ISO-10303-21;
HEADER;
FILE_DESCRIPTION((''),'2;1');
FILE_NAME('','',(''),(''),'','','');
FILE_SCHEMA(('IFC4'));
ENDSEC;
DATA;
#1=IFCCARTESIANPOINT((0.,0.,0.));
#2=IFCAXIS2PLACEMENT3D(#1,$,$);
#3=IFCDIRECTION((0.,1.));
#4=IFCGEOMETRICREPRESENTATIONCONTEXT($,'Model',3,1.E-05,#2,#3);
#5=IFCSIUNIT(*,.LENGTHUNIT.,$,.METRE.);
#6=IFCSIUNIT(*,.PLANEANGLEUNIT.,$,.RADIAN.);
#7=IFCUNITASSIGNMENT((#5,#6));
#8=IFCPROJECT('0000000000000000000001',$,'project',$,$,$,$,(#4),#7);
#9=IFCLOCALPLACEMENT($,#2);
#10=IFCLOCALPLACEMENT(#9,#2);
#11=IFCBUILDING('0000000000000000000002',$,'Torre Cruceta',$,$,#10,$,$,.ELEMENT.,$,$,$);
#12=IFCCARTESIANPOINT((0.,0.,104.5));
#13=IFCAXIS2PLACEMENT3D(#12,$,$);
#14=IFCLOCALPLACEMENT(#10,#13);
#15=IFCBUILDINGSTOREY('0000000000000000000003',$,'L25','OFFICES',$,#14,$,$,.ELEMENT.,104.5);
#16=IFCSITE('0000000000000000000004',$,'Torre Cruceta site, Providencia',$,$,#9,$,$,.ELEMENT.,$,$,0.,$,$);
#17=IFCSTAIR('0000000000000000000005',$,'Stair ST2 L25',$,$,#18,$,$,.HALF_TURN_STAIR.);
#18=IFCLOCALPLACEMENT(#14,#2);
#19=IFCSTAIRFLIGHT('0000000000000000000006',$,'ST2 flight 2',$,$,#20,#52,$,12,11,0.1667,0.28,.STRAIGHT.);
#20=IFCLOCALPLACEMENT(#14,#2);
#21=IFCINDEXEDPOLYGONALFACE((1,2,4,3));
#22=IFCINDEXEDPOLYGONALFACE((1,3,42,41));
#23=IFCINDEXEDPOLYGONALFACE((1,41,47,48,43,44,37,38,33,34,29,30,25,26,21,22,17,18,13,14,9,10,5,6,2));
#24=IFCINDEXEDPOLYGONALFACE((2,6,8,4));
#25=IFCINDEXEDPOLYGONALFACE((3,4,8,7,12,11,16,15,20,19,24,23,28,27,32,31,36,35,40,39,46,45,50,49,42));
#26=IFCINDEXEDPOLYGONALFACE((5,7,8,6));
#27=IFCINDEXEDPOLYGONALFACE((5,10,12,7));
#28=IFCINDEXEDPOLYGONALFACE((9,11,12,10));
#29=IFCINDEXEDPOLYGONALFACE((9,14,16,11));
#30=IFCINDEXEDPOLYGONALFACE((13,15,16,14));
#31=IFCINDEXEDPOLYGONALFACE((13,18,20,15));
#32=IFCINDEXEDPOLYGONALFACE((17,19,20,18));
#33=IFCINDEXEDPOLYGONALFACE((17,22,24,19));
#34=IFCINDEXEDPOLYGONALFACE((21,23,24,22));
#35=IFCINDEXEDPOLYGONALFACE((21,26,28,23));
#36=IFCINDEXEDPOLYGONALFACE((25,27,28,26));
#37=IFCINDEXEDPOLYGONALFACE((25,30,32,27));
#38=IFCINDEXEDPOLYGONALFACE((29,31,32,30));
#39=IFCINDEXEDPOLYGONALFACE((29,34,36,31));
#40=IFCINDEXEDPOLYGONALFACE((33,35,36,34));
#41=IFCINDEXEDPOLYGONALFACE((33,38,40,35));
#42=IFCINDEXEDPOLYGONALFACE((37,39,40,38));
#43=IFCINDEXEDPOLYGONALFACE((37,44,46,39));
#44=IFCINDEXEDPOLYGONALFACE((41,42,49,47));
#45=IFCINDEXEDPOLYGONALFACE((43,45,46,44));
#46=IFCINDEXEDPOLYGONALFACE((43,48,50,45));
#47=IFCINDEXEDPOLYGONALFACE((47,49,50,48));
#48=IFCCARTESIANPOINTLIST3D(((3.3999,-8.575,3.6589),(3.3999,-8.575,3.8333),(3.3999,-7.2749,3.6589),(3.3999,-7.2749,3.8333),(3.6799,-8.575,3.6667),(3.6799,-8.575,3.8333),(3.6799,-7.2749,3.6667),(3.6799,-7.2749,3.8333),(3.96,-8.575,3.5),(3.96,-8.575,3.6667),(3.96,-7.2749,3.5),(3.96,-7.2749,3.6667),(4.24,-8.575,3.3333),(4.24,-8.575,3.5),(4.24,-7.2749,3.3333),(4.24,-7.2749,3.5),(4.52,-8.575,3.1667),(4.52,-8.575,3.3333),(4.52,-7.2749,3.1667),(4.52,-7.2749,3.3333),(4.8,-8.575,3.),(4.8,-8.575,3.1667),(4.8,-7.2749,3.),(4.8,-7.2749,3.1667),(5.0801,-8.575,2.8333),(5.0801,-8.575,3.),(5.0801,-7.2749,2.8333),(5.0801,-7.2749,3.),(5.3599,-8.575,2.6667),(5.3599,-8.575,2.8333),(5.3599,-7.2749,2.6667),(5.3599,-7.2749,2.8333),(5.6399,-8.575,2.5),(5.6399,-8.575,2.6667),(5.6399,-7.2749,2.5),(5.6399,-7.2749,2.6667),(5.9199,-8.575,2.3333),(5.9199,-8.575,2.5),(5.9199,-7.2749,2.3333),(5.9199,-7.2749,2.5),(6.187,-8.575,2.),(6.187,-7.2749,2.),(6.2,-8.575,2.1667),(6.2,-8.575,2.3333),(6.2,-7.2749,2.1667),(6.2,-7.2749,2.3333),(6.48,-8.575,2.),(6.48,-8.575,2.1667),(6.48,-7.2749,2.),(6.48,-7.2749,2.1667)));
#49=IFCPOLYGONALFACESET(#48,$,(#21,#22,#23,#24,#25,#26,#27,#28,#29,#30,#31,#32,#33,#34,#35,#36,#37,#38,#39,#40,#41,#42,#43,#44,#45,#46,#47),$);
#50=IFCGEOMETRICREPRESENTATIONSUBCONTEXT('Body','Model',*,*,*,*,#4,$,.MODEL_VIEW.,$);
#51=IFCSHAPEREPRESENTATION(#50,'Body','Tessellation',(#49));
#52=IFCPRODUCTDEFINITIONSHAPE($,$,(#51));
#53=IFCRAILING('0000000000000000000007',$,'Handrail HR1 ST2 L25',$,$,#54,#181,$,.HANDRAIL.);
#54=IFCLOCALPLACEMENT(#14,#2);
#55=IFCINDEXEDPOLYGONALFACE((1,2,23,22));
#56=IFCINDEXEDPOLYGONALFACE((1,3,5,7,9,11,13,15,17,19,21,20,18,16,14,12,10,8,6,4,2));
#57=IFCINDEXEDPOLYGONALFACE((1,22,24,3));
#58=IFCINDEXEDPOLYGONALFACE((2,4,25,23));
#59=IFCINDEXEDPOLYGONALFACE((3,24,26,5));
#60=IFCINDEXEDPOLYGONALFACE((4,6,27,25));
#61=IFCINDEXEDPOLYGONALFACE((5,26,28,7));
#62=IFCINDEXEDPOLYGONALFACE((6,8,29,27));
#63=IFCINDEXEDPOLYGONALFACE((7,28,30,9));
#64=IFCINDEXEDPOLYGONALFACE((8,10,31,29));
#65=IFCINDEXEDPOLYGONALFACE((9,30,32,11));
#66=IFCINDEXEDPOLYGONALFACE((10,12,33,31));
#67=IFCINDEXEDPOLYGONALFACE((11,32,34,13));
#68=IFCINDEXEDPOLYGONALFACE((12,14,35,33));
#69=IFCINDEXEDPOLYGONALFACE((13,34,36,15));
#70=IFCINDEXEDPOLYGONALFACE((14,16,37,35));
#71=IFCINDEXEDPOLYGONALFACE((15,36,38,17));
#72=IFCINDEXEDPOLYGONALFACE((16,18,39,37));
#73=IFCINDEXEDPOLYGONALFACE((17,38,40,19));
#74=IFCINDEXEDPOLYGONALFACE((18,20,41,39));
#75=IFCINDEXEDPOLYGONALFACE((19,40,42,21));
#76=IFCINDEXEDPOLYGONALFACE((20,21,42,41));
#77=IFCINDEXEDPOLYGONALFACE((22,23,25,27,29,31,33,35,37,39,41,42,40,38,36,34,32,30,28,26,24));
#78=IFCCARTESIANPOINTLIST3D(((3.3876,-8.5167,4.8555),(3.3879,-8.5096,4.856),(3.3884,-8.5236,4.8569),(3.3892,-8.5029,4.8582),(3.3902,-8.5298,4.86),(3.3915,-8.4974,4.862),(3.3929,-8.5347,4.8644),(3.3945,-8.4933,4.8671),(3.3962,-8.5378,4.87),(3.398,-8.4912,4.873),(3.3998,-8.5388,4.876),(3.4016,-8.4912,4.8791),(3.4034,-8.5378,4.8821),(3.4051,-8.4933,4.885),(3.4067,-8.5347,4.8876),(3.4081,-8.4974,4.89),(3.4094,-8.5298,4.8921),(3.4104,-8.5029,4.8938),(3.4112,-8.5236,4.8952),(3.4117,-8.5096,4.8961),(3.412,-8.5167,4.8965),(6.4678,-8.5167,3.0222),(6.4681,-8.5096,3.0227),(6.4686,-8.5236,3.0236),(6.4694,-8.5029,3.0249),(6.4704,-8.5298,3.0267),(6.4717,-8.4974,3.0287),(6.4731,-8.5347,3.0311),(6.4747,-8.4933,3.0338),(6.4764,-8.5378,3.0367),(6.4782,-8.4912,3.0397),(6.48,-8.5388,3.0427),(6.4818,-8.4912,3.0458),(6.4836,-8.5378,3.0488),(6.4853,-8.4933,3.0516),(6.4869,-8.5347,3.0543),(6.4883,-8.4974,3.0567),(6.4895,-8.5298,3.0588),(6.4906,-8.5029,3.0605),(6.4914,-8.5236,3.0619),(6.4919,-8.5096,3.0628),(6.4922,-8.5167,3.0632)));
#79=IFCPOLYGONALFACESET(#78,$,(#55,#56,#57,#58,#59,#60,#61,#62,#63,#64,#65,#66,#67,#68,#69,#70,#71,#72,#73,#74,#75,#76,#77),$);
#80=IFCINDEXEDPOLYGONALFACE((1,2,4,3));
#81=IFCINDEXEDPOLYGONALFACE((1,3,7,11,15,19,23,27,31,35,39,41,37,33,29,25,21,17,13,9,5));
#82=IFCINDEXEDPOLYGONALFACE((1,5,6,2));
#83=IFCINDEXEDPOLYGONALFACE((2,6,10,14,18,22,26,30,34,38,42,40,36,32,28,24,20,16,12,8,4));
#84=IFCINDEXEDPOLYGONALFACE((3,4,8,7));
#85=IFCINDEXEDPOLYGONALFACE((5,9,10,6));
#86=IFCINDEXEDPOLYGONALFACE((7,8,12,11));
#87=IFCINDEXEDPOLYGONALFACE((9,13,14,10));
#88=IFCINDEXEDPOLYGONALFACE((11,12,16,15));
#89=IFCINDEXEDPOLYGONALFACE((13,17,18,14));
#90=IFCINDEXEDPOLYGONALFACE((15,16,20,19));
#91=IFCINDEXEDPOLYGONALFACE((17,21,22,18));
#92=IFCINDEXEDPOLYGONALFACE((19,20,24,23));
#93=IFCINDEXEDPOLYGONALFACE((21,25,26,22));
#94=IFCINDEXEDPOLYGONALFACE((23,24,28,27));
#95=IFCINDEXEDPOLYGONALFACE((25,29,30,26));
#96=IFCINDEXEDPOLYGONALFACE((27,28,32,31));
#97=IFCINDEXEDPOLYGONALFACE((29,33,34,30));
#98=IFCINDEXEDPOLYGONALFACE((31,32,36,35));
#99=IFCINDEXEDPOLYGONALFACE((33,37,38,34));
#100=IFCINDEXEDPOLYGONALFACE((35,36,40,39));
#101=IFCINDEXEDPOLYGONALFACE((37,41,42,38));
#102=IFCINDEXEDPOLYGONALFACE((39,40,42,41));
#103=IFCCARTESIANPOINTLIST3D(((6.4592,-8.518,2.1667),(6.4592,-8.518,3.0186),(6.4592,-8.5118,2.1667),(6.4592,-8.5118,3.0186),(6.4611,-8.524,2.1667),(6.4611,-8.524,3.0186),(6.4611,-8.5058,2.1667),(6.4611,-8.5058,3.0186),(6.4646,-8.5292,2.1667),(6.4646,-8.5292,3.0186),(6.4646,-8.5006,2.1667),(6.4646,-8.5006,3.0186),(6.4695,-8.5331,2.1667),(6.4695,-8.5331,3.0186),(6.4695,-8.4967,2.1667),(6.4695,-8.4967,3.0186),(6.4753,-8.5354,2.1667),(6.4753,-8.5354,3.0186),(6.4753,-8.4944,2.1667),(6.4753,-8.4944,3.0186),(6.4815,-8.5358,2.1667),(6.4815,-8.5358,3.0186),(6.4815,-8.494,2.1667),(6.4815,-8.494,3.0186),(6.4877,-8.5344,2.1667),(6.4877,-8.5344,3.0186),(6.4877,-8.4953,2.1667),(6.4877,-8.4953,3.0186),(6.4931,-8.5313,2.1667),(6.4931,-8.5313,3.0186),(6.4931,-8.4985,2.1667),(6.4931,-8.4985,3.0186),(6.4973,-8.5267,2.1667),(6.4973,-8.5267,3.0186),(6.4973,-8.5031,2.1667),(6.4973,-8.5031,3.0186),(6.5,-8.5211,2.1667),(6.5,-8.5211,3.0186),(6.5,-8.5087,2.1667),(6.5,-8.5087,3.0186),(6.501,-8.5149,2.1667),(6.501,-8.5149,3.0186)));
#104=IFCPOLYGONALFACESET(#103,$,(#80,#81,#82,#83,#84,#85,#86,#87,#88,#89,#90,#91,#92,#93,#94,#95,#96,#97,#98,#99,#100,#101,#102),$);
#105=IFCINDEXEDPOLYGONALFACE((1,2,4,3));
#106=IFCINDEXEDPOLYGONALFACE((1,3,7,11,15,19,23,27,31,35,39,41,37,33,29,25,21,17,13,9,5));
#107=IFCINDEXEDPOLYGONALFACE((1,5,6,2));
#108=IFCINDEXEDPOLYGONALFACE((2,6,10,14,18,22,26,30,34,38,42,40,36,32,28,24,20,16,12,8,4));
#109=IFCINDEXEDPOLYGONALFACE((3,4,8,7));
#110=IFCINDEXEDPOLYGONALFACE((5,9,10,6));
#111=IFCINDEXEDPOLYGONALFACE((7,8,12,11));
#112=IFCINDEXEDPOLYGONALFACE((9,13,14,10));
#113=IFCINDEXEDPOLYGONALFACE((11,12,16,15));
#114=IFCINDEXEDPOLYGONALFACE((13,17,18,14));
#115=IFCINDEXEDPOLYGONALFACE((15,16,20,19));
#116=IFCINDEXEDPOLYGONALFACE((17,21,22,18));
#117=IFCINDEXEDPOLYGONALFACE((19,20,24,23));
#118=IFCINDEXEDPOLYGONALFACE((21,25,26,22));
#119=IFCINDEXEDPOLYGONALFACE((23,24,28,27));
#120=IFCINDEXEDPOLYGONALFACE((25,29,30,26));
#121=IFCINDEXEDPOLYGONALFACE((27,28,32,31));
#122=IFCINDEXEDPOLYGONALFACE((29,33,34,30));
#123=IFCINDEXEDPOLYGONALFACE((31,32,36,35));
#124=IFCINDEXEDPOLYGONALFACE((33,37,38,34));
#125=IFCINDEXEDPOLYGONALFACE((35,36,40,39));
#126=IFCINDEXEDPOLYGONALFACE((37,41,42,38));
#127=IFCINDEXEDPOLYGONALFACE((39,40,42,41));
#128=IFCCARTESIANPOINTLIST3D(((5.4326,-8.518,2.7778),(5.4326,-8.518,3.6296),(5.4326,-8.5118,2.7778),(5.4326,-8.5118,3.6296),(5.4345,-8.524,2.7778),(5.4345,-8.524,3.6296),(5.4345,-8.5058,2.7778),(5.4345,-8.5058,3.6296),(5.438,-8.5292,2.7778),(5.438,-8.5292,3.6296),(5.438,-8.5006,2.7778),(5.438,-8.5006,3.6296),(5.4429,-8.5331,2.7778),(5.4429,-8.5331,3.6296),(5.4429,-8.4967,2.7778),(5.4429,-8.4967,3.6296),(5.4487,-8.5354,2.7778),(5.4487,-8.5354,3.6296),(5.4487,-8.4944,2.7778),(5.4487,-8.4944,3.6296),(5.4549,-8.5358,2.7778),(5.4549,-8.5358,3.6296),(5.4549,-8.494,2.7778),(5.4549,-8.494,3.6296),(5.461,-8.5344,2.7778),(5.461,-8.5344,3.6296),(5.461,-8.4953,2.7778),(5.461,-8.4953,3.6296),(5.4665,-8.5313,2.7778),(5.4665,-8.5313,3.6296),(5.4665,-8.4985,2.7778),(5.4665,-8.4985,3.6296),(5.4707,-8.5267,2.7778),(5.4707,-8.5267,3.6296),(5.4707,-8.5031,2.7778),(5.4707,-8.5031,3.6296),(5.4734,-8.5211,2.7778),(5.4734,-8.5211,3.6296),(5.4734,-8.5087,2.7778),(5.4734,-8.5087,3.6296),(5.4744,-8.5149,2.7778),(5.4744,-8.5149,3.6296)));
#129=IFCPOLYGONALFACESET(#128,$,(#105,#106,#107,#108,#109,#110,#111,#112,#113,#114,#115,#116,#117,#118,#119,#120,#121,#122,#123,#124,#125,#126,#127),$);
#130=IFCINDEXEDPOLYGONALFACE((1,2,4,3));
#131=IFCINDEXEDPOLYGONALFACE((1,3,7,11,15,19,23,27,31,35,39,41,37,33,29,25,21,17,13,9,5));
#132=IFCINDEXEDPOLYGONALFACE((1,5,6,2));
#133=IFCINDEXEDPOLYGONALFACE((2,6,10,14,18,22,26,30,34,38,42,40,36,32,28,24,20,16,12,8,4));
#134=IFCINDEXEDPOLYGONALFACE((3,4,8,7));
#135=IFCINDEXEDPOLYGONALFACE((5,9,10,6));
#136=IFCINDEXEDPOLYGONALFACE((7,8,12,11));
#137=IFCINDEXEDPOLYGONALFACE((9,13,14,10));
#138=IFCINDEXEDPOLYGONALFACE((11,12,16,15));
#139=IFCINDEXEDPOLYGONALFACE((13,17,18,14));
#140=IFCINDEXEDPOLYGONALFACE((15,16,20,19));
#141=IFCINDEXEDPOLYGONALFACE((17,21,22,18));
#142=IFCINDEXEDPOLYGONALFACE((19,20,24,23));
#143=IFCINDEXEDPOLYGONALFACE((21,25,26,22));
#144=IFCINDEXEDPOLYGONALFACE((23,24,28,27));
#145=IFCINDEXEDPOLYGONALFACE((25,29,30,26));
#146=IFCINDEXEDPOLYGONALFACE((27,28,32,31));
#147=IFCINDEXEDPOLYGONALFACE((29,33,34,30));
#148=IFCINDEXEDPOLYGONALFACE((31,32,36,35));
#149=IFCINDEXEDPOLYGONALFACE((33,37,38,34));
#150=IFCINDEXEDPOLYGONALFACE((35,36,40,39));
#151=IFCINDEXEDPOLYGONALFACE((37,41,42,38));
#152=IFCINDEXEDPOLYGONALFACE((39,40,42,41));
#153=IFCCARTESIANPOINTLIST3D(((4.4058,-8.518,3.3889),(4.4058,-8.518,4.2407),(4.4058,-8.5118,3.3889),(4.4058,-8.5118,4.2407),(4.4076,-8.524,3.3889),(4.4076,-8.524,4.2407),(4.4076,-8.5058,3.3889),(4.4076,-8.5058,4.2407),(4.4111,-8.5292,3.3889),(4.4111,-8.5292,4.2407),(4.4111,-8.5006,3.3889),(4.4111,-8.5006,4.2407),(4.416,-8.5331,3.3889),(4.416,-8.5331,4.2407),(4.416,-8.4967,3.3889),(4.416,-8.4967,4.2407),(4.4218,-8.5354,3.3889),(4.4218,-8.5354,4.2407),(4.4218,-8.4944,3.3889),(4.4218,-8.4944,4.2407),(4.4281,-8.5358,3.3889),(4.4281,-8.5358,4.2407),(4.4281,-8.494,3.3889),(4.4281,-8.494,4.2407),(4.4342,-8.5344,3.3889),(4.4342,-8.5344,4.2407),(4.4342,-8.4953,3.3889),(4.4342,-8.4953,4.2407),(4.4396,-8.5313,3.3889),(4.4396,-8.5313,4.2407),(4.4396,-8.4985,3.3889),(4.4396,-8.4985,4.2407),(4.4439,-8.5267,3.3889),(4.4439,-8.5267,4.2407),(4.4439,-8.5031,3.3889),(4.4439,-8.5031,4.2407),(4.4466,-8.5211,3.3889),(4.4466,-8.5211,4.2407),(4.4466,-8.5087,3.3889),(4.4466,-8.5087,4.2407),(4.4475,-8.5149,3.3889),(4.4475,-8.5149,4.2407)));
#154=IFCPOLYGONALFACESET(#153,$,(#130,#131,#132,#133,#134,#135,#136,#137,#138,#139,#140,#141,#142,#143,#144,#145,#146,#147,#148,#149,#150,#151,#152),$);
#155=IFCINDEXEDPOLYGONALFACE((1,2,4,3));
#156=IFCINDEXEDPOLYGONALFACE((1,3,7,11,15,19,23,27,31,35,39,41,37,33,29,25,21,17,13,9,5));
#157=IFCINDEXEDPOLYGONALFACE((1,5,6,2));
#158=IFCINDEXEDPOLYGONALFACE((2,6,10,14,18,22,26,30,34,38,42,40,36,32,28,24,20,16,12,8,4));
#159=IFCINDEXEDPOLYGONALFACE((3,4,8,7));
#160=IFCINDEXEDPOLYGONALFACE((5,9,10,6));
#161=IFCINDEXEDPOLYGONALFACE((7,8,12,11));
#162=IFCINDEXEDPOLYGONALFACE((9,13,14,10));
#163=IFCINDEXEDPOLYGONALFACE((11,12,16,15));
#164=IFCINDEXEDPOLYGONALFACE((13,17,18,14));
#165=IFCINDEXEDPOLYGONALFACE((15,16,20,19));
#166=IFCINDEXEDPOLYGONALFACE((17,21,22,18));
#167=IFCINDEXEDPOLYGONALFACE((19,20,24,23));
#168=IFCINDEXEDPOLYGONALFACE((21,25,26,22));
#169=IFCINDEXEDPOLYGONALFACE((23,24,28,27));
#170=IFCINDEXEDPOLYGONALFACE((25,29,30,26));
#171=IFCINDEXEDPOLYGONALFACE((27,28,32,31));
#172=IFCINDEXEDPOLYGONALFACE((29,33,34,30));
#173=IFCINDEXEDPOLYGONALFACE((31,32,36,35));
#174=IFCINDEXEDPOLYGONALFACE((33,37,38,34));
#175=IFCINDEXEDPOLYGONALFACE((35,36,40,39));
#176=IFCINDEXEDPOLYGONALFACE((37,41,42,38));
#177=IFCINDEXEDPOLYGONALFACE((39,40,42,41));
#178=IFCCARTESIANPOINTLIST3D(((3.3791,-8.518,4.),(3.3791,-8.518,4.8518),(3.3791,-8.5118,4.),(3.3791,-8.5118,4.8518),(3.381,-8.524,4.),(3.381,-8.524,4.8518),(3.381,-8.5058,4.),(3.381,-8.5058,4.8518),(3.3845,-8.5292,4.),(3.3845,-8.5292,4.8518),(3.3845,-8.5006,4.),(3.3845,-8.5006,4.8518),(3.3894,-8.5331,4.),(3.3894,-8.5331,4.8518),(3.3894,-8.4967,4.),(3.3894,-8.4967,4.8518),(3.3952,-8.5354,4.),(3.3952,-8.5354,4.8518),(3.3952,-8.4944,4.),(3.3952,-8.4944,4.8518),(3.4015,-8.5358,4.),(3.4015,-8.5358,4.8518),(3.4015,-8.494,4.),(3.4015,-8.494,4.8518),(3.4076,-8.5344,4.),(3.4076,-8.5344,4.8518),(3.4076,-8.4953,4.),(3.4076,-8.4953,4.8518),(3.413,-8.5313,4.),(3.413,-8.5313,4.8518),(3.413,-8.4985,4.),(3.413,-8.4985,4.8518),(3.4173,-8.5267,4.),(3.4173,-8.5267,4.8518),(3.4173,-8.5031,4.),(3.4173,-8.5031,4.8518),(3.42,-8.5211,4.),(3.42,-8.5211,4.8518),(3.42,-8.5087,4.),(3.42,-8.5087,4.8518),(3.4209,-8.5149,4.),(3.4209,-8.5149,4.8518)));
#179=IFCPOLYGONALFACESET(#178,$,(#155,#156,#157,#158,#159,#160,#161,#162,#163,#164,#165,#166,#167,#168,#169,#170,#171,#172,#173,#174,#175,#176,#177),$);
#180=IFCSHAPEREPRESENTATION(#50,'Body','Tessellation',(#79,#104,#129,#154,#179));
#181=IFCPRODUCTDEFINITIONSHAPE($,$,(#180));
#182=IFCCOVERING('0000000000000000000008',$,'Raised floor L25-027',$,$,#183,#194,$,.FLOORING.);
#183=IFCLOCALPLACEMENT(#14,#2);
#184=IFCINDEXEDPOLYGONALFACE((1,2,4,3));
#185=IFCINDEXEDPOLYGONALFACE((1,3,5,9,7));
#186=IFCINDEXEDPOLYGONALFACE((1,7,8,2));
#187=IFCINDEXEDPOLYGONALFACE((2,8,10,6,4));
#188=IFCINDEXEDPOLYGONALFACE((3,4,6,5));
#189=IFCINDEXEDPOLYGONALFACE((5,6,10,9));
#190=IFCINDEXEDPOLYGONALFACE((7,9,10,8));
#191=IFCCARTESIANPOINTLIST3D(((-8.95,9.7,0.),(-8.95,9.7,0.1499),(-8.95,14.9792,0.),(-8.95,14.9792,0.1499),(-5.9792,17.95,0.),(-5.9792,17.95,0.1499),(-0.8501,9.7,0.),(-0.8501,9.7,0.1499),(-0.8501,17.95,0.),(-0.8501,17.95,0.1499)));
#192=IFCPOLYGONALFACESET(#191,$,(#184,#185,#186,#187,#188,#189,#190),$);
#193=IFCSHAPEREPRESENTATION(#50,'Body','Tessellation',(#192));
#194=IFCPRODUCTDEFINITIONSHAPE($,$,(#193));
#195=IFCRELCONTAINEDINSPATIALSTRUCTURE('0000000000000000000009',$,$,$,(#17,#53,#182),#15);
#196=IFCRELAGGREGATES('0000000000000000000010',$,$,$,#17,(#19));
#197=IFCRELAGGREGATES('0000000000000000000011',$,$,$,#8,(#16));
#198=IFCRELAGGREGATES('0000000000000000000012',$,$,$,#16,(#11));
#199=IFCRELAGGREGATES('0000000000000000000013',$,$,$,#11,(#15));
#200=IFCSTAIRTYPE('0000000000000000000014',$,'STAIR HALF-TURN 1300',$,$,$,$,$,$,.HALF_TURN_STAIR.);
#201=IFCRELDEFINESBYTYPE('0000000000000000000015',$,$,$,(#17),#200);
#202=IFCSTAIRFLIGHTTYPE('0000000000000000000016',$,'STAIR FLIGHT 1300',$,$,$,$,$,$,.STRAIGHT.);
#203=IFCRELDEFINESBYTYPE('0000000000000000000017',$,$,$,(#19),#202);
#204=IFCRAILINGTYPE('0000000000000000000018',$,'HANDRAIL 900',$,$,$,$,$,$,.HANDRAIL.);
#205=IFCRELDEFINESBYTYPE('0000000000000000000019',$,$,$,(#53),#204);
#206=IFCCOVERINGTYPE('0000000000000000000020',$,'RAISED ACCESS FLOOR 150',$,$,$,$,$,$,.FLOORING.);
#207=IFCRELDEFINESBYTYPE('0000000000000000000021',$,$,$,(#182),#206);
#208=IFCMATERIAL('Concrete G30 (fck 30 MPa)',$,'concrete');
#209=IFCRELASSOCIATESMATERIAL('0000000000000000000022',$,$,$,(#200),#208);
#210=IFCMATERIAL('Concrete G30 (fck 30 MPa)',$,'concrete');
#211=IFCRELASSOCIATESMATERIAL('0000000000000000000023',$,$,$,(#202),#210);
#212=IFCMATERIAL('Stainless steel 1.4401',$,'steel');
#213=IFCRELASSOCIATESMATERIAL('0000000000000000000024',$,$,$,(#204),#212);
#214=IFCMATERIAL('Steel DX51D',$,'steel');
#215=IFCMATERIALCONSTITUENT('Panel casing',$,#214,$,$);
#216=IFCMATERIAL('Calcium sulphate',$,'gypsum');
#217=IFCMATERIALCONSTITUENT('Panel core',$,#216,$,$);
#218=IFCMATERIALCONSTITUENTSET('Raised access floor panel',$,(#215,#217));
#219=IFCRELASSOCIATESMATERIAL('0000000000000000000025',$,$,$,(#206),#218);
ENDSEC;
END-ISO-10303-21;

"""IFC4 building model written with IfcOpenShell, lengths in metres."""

from ifc_helpers import new_model, si_unit, direction, frame, origin, origin_2d, place, context, subcontext, project, spatial, polyline, circle, outline, extrude, material, constituent, constituent_set, type_object, element, aggregate, save


model = new_model("IFC4")

# Units and contexts
model_context = context("Model", 3, precision=1e-05, world=origin(), true_north=direction((0.0, 1.0)))
body_context = subcontext(model_context, "Body", "Model", "MODEL_VIEW")
ifc_project = project(units=[si_unit("LENGTHUNIT", "METRE"), si_unit("PLANEANGLEUNIT", "RADIAN")], contexts=[model_context])

# Site, building, storey
site_placement = place(None, origin())
site = spatial("IfcSite", under=ifc_project, at=site_placement, Name="Torre Cruceta site, Providencia", CompositionType="ELEMENT", RefElevation=0.0)
building_placement = place(site_placement, origin())
building = spatial("IfcBuilding", under=site, at=building_placement, Name="Torre Cruceta", CompositionType="ELEMENT")
storey_placement = place(building_placement, frame((0.0, 0.0, 104.5)))
storey = spatial("IfcBuildingStorey", under=building, at=storey_placement, Name="L25", Description="OFFICES", CompositionType="ELEMENT", Elevation=104.5)

# Stair, stair flight
ifc_material_1 = material(Name="Concrete G30 (fck 30 MPa)", Category="concrete")
stair_type = type_object("IfcStairType", Name="STAIR HALF-TURN 1300", PredefinedType="HALF_TURN_STAIR", material=ifc_material_1)
stair_placement = place(storey_placement, origin())
stair = element("IfcStair", 1, at=stair_placement, inside=storey, type_object=stair_type, Name="Stair ST2 L25", PredefinedType="HALF_TURN_STAIR")
ifc_material_2 = material(Name="Concrete G30 (fck 30 MPa)", Category="concrete")
stair_flight_type = type_object("IfcStairFlightType", Name="STAIR FLIGHT 1300", PredefinedType="STRAIGHT", material=ifc_material_2)
stair_flight_1_placement = place(storey_placement, frame((6.48, -7.925, 2.0), z_axis=(0.0, 0.0, 1.0), x_axis=(-1.0, 0.0, 0.0)))
stair_flight_1 = element("IfcStairFlight", 2, at=stair_flight_1_placement, type_object=stair_flight_type, Name="ST2 flight 2", NumberOfRisers=12, NumberOfTreads=11, PredefinedType="STRAIGHT", RiserHeight=0.1667, TreadLength=0.28, context=body_context, shape_type="SweptSolid", body=[
    extrude(outline(polyline([(0.0, 0.0), (0.0, 0.1667), (0.28, 0.1667), (0.28, 0.3333), (0.5601, 0.3333), (0.5601, 0.5), (0.8401, 0.5), (0.8401, 0.6667), (1.1201, 0.6667), (1.1201, 0.8333), (1.3999, 0.8333), (1.3999, 1.0), (1.6799, 1.0), (1.6799, 1.1667), (1.96, 1.1667), (1.96, 1.3333), (2.24, 1.3333), (2.24, 1.5), (2.52, 1.5), (2.52, 1.6667), (2.8, 1.6667), (2.8, 1.8333), (3.0801, 1.8333), (3.0801, 2.0), (3.0801, 1.6589), (0.293, 0.0), (0.0, 0.0)])), frame((0.0, 0.6499, 0.0), z_axis=(0.0, -1.0, 0.0), x_axis=(1.0, 0.0, 0.0)), (0.0, 0.0, 1.0), 1.3),
])
aggregate(stair, [stair_flight_1])

# Railing
ifc_material_3 = material(Name="Stainless steel 1.4401", Category="steel")
railing_type = type_object("IfcRailingType", Name="HANDRAIL 900", PredefinedType="HANDRAIL", material=ifc_material_3)
railing_1_placement = place(storey_placement, frame((6.48, -8.5149, 2.1667)))
element("IfcRailing", 3, at=railing_1_placement, inside=storey, type_object=railing_type, Name="Handrail HR1 ST2 L25", PredefinedType="HANDRAIL", context=body_context, shape_type="SweptSolid", body=[
    extrude(circle(Radius=0.0239, at=origin_2d()), frame((0.0, 0.0, 0.876), z_axis=(-0.859309, 0.0, 0.511458), x_axis=(0.0, -1.0, 0.0)), (0.0, 0.0, 1.0), 3.5845),
    extrude(circle(Radius=0.021, at=origin_2d()), origin(), (0.0, 0.0, 1.0), 0.8518),
    extrude(circle(Radius=0.021, at=origin_2d()), frame((-1.0266, 0.0, 0.6111)), (0.0, 0.0, 1.0), 0.8518),
    extrude(circle(Radius=0.021, at=origin_2d()), frame((-2.0535, 0.0, 1.2222)), (0.0, 0.0, 1.0), 0.8518),
    extrude(circle(Radius=0.021, at=origin_2d()), frame((-3.0801, 0.0, 1.8333)), (0.0, 0.0, 1.0), 0.8518),
])

# Covering
ifc_material_4 = material(Name="Steel DX51D", Category="steel")
ifc_constituent_1 = constituent(ifc_material_4, Name="Panel casing")
ifc_material_5 = material(Name="Calcium sulphate", Category="gypsum")
ifc_constituent_2 = constituent(ifc_material_5, Name="Panel core")
ifc_constituent_set_1 = constituent_set(constituents=[ifc_constituent_1, ifc_constituent_2], Name="Raised access floor panel")
covering_type_1 = type_object("IfcCoveringType", Name="RAISED ACCESS FLOOR 150", PredefinedType="FLOORING", material=ifc_constituent_set_1)
covering_1_placement = place(storey_placement, origin())
element("IfcCovering", 4, at=covering_1_placement, inside=storey, type_object=covering_type_1, Name="Raised floor L25-027", PredefinedType="FLOORING", context=body_context, shape_type="SweptSolid", body=[
    extrude(outline(polyline([(-8.95, 9.7), (-8.95, 14.9792), (-5.9792, 17.95), (-0.8501, 17.95), (-0.8501, 9.7), (-8.95, 9.7)])), origin(), (0.0, 0.0, 1.0), 0.1499),
])

save(model, "model.ifc")
